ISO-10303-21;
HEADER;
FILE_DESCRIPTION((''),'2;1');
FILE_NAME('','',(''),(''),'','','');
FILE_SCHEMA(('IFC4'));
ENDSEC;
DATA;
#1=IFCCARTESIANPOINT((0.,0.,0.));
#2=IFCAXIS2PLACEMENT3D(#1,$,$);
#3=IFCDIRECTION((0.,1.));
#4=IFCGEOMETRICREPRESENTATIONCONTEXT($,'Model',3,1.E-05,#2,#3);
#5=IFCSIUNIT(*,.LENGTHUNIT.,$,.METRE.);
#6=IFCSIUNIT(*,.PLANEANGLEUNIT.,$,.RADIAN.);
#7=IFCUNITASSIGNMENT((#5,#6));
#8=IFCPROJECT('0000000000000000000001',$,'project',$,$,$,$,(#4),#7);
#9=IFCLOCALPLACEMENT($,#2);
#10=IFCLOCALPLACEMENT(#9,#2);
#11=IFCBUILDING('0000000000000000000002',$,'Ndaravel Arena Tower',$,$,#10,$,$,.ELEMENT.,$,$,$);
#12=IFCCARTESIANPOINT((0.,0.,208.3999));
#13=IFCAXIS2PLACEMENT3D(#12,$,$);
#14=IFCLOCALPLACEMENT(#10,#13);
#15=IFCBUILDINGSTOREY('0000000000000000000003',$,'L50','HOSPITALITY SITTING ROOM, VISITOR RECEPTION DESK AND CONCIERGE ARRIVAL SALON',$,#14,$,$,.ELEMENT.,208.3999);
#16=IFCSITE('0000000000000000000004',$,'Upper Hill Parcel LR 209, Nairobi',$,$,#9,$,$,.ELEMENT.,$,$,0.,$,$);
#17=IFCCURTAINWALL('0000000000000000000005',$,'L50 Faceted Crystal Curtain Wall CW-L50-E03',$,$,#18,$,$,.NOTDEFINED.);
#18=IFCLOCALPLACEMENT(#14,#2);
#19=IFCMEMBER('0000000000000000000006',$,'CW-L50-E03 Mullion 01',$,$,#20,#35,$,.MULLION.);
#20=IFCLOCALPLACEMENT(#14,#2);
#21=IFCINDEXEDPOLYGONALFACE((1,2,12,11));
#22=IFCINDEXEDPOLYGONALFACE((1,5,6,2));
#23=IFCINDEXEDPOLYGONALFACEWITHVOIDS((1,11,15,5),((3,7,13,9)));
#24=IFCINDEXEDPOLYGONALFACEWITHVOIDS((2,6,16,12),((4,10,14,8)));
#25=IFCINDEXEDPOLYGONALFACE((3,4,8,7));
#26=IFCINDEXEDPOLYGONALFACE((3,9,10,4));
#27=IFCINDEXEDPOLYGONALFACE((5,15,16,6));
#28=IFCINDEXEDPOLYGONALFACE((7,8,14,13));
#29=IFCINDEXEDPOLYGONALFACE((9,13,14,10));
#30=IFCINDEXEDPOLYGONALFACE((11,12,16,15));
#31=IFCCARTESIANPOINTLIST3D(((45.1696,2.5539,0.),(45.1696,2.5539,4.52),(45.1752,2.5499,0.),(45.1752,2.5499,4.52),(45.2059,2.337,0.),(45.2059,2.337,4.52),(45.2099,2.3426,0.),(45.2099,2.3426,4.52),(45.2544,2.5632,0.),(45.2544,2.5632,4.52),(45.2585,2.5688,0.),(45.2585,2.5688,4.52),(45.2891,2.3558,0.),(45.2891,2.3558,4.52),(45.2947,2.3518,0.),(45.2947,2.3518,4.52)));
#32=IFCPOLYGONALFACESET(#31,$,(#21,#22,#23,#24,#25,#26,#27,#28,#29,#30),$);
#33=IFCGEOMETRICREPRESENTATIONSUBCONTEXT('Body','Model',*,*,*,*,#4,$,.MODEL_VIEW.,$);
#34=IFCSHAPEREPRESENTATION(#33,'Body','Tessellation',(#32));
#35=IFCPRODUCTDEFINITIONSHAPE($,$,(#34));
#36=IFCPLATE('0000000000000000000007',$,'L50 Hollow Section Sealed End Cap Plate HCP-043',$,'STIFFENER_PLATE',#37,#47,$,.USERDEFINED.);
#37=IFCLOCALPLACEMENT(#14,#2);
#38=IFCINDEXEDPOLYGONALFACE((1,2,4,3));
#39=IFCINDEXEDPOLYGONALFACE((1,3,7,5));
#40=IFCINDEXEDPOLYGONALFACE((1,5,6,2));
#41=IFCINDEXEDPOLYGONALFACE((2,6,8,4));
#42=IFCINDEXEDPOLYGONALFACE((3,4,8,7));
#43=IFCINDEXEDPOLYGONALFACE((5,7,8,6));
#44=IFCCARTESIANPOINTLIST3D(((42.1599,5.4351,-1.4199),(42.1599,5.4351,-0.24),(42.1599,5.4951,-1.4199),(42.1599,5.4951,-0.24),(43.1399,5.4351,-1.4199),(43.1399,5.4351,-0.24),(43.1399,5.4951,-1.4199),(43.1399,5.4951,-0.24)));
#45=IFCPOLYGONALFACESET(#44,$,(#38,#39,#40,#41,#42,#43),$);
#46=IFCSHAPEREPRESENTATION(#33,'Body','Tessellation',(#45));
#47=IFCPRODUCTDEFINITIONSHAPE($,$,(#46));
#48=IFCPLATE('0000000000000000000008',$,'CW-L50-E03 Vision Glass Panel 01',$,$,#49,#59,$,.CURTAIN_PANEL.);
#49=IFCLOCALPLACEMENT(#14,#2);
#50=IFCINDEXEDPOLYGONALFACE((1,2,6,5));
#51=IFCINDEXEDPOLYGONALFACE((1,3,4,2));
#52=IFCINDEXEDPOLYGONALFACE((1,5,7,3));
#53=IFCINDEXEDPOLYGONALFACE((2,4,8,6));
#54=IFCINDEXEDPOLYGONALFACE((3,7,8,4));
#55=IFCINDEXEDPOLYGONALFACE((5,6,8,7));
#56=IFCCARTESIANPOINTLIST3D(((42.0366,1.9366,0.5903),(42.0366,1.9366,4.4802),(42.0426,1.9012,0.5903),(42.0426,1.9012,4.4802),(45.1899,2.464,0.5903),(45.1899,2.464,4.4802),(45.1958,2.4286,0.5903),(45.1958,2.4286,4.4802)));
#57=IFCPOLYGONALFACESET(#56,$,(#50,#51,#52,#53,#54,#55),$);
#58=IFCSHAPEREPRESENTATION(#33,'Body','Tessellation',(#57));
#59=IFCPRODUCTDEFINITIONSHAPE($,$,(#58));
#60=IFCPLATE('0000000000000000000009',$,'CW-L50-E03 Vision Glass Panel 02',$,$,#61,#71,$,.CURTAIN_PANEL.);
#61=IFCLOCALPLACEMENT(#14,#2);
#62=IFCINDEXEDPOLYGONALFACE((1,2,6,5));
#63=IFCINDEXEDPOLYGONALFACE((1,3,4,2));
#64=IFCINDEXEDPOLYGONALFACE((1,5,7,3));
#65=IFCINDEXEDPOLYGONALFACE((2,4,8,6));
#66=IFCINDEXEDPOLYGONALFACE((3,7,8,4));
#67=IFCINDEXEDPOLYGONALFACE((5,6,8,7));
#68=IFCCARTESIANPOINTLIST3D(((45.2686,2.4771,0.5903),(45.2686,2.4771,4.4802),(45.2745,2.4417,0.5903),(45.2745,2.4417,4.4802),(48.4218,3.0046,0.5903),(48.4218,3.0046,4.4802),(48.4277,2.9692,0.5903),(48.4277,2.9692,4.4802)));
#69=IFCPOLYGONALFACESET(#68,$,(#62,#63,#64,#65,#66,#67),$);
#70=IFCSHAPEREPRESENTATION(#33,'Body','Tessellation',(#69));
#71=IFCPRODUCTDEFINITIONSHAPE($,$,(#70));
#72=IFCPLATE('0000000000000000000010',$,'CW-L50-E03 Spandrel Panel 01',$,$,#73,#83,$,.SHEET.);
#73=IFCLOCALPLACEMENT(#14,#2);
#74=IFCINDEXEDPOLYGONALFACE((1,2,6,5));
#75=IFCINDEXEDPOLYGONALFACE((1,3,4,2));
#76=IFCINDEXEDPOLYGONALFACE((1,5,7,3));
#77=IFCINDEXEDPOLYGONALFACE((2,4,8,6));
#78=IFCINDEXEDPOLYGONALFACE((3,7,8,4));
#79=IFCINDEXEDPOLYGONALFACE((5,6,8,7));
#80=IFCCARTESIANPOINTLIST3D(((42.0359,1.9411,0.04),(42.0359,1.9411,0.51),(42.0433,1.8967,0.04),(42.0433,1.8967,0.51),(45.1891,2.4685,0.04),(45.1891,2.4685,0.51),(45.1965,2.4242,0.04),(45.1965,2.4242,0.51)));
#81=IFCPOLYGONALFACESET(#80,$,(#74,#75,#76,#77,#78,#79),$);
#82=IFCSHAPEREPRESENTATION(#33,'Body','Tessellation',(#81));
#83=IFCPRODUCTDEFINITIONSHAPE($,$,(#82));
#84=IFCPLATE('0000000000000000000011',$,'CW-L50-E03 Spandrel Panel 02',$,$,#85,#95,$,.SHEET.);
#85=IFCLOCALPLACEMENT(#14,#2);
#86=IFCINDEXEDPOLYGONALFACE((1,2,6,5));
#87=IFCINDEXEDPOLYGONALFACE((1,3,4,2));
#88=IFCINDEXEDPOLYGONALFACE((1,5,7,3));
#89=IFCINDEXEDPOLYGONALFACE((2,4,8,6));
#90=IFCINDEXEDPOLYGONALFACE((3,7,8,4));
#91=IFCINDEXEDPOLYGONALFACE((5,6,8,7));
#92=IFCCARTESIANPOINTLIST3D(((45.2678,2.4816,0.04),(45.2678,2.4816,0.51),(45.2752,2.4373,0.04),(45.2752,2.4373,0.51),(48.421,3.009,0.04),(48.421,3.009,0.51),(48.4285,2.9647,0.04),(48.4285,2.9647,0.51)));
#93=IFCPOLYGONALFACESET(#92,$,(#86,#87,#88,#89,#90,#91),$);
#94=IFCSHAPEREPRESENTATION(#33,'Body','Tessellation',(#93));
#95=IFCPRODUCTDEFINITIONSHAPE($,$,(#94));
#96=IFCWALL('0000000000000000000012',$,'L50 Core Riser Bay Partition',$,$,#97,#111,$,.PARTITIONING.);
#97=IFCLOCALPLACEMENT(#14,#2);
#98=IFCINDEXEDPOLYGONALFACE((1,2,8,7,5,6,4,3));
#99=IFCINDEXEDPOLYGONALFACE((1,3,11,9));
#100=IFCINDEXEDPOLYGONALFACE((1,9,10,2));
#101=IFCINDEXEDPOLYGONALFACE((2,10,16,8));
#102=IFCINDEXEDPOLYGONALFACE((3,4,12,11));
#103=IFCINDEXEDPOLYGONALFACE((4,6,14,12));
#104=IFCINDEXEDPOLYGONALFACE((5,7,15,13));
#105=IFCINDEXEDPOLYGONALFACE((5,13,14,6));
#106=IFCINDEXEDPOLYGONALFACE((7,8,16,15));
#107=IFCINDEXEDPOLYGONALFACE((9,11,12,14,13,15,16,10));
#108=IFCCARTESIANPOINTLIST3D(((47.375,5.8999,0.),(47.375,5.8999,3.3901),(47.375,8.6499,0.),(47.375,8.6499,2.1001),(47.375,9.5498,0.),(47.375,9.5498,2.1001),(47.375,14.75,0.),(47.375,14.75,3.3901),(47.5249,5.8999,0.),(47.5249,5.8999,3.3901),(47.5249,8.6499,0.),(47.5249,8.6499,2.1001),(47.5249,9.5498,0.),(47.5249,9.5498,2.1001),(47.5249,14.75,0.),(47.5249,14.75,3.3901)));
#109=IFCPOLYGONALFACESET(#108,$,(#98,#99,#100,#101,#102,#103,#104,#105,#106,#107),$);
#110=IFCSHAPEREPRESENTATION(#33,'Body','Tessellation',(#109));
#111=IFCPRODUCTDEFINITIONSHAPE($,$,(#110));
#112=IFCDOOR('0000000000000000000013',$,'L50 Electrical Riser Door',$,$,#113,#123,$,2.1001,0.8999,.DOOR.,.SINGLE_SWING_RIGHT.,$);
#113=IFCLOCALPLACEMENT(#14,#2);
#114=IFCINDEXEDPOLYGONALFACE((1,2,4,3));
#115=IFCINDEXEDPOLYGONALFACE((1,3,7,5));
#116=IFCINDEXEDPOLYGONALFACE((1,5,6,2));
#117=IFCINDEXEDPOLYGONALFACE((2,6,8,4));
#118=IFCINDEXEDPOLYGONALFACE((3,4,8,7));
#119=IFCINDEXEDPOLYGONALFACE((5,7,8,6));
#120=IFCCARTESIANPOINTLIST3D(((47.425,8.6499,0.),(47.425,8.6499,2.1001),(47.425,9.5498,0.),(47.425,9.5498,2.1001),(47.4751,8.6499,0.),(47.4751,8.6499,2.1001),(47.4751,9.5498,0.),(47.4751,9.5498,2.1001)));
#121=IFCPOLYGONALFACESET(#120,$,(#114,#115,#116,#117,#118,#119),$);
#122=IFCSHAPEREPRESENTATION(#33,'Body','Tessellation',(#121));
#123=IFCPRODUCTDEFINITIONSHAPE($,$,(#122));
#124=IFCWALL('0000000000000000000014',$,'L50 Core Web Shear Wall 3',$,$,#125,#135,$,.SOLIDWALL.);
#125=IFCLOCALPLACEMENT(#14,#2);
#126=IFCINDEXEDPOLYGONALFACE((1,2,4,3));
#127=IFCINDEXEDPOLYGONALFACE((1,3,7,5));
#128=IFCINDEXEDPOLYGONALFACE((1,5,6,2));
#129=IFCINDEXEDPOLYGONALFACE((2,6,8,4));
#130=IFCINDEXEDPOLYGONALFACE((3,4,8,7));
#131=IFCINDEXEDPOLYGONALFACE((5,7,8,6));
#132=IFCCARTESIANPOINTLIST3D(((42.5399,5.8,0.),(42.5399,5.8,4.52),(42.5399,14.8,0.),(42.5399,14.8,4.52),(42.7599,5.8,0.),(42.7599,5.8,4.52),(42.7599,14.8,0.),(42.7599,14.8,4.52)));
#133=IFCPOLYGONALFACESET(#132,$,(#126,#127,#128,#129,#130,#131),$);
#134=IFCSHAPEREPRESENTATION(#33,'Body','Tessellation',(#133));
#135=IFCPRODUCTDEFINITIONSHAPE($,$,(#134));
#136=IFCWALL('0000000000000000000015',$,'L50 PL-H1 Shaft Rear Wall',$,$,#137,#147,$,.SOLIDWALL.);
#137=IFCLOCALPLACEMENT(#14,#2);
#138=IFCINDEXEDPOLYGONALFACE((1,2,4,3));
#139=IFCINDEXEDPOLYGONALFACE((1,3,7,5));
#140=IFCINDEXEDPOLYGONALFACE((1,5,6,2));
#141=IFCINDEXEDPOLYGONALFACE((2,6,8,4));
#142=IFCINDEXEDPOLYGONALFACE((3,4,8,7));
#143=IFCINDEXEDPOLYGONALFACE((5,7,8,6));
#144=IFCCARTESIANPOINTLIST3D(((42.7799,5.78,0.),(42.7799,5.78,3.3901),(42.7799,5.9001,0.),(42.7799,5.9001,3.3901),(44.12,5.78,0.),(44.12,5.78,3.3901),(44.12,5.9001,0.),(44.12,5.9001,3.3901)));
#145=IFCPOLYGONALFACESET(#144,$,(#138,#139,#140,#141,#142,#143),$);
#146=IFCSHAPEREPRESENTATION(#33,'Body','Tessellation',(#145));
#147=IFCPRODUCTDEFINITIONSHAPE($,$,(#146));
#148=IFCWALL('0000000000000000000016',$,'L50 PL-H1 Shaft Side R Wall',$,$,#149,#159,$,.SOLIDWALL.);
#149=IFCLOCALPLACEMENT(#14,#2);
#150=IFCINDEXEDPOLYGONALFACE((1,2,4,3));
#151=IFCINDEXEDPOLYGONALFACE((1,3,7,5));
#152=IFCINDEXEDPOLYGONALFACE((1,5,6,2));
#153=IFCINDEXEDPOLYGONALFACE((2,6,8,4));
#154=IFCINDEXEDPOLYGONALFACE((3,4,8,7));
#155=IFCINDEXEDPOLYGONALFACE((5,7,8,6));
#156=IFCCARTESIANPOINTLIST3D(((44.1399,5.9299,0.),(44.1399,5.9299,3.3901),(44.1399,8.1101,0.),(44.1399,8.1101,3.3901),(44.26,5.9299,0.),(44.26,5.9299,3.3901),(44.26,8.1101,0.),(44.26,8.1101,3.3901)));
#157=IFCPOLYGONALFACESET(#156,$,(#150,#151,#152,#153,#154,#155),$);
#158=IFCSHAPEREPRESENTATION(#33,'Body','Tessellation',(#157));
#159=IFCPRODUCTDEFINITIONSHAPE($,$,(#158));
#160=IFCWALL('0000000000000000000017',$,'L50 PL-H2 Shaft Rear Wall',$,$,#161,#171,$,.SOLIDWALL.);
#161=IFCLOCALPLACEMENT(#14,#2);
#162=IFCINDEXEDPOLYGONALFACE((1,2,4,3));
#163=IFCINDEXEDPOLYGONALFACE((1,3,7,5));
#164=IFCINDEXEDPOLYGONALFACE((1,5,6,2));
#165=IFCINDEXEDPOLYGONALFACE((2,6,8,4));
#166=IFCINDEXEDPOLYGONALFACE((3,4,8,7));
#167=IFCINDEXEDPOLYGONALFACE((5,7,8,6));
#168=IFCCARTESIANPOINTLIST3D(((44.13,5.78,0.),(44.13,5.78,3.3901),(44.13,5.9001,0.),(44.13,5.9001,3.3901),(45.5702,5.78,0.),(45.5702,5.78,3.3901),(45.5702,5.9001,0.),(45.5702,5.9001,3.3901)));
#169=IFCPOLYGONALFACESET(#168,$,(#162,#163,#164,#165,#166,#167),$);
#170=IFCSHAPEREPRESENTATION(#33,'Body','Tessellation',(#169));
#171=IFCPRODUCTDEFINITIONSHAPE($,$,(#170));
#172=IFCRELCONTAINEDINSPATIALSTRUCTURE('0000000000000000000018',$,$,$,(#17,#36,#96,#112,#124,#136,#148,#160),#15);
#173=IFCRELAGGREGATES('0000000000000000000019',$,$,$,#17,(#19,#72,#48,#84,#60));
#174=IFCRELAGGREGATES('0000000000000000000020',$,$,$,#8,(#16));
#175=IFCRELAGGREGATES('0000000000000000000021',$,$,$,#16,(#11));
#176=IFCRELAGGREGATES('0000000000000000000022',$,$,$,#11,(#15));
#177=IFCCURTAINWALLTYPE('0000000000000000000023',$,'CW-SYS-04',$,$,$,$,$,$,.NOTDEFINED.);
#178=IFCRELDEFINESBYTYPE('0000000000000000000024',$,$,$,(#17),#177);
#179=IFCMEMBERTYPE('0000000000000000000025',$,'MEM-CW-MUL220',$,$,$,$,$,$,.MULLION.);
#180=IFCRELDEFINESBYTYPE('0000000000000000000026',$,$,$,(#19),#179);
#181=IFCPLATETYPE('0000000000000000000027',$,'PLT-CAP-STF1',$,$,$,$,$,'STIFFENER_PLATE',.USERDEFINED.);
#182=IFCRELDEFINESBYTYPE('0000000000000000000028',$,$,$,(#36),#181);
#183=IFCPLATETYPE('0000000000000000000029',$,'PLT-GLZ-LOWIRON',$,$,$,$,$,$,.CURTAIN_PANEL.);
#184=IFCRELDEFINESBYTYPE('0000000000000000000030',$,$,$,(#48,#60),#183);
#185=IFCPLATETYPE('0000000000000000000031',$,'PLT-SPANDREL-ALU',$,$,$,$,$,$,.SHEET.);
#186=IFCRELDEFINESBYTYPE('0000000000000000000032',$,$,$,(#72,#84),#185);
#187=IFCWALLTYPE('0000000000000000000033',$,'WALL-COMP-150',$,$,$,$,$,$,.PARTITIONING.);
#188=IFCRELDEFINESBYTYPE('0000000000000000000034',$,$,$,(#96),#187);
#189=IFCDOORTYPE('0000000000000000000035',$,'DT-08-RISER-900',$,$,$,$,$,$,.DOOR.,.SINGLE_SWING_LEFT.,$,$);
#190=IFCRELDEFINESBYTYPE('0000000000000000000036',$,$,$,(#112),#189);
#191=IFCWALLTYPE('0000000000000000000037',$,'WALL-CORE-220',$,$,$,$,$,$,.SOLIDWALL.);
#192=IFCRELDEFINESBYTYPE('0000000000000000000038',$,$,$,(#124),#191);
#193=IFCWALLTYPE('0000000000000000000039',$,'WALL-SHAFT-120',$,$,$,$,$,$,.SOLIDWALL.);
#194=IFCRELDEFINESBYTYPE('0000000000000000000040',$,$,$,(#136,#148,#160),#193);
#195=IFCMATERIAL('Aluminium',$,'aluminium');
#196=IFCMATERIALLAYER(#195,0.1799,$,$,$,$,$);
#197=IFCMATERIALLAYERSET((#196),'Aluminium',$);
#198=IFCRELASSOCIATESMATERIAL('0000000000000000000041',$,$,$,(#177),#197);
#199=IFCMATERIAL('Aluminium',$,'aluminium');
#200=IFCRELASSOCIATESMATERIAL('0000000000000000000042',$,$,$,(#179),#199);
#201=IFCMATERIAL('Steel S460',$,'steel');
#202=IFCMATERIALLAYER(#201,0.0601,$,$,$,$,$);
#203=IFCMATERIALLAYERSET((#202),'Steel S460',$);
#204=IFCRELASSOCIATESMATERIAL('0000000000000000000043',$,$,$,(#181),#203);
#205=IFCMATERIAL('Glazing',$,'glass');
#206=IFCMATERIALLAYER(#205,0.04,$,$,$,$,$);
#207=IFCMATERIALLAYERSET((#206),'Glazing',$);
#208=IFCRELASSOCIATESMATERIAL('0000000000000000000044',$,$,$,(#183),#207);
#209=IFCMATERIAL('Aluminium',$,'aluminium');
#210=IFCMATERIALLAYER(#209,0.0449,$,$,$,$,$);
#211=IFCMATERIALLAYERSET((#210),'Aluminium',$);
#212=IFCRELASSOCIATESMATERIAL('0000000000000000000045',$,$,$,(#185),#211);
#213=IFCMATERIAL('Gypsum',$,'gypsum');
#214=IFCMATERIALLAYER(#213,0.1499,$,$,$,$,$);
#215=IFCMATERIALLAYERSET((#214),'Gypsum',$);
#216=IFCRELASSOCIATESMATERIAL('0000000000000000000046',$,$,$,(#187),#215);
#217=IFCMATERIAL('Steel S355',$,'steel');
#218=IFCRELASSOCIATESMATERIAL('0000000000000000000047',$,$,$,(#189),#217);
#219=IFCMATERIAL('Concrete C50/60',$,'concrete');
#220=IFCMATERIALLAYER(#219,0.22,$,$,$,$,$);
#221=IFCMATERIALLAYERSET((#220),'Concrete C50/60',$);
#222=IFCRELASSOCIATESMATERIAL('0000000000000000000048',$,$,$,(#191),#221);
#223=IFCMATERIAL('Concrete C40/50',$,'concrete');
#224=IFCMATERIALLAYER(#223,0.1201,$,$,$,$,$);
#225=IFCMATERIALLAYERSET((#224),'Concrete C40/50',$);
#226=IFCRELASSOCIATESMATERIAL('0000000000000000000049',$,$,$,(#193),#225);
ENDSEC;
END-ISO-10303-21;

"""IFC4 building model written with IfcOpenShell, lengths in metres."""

from ifc_helpers import new_model, si_unit, direction, frame, frame_2d, origin, origin_2d, place, context, subcontext, project, spatial, rectangle, hollow_rectangle, extrude, material, layer, layer_set, material_profile, profile_set, type_object, element, fill, aggregate, save


model = new_model("IFC4")

# Units and contexts
model_context = context("Model", 3, precision=1e-05, world=origin(), true_north=direction((0.0, 1.0)))
body_context = subcontext(model_context, "Body", "Model", "MODEL_VIEW")
ifc_project = project(units=[si_unit("LENGTHUNIT", "METRE"), si_unit("PLANEANGLEUNIT", "RADIAN")], contexts=[model_context])

# Site, building, storey
site_placement = place(None, origin())
site = spatial("IfcSite", under=ifc_project, at=site_placement, Name="Upper Hill Parcel LR 209, Nairobi", CompositionType="ELEMENT", RefElevation=0.0)
building_placement = place(site_placement, origin())
building = spatial("IfcBuilding", under=site, at=building_placement, Name="Ndaravel Arena Tower", CompositionType="ELEMENT")
storey_placement = place(building_placement, frame((0.0, 0.0, 208.3999)))
storey = spatial("IfcBuildingStorey", under=building, at=storey_placement, Name="L50", Description="HOSPITALITY SITTING ROOM, VISITOR RECEPTION DESK AND CONCIERGE ARRIVAL SALON", CompositionType="ELEMENT", Elevation=208.3999)

# Curtain wall, member
ifc_material_1 = material(Name="Aluminium", Category="aluminium")
ifc_layer_1 = layer(ifc_material_1, 0.1799)
ifc_layer_set_1 = layer_set([ifc_layer_1], Name="Aluminium")
curtain_wall_type = type_object("IfcCurtainWallType", Name="CW-SYS-04", PredefinedType="NOTDEFINED", material=ifc_layer_set_1)
curtain_wall_placement = place(storey_placement, origin())
curtain_wall = element("IfcCurtainWall", 1, at=curtain_wall_placement, inside=storey, type_object=curtain_wall_type, Name="L50 Faceted Crystal Curtain Wall CW-L50-E03", PredefinedType="NOTDEFINED")
ifc_material_2 = material(Name="Aluminium", Category="aluminium")
ifc_material_profile = material_profile(ifc_material_2, hollow_rectangle(XDim=0.0901, YDim=0.22, WallThickness=0.0049, at=origin_2d()), Name="CW MULLION 90x220x5")
ifc_profile_set = profile_set([ifc_material_profile], Name="Aluminium")
member_type = type_object("IfcMemberType", Name="MEM-CW-MUL220", PredefinedType="MULLION", material=ifc_profile_set)
member_placement = place(storey_placement, frame((45.2322, 2.4529, 0.0), z_axis=(0.0, 0.0, 1.0), x_axis=(0.986297, 0.164979, 0.0)))
member = element("IfcMember", 2, at=member_placement, type_object=member_type, Name="CW-L50-E03 Mullion 01", PredefinedType="MULLION", context=body_context, shape_type="SweptSolid", body=[
    extrude(hollow_rectangle(XDim=0.0901, YDim=0.22, WallThickness=0.0049, at=origin_2d()), origin(), (0.0, 0.0, 1.0), 4.52),
])

# Plates
ifc_material_3 = material(Name="Steel S460", Category="steel")
ifc_layer_2 = layer(ifc_material_3, 0.0601)
ifc_layer_set_2 = layer_set([ifc_layer_2], Name="Steel S460")
plate_type_1 = type_object("IfcPlateType", Name="PLT-CAP-STF1", ElementType="STIFFENER_PLATE", PredefinedType="USERDEFINED", material=ifc_layer_set_2)
plate_1_placement = place(storey_placement, frame((42.6499, 5.4651, -1.4199), z_axis=(0.0, 0.0, 1.0), x_axis=(0.0, -1.0, 0.0)))
element("IfcPlate", 3, at=plate_1_placement, inside=storey, type_object=plate_type_1, Name="L50 Hollow Section Sealed End Cap Plate HCP-043", ObjectType="STIFFENER_PLATE", PredefinedType="USERDEFINED", context=body_context, shape_type="SweptSolid", body=[
    extrude(rectangle(XDim=0.0601, YDim=0.98, at=origin_2d()), origin(), (0.0, 0.0, 1.0), 1.1799),
])
ifc_material_4 = material(Name="Glazing", Category="glass")
ifc_layer_3 = layer(ifc_material_4, 0.04)
ifc_layer_set_3 = layer_set([ifc_layer_3], Name="Glazing")
plate_type_2 = type_object("IfcPlateType", Name="PLT-GLZ-LOWIRON", PredefinedType="CURTAIN_PANEL", material=ifc_layer_set_3)
plate_2_placement = place(storey_placement, frame((43.6162, 2.1826, 0.5903), z_axis=(0.0, 0.0, 1.0), x_axis=(0.986297, 0.164979, 0.0)))
plate_2 = element("IfcPlate", 4, at=plate_2_placement, type_object=plate_type_2, Name="CW-L50-E03 Vision Glass Panel 01", PredefinedType="CURTAIN_PANEL", context=body_context, shape_type="SweptSolid", body=[
    extrude(rectangle(XDim=3.197, YDim=0.0359, at=origin_2d()), origin(), (0.0, 0.0, 1.0), 3.8899),
])
plate_3_placement = place(storey_placement, frame((46.8481, 2.7231, 0.5903), z_axis=(0.0, 0.0, 1.0), x_axis=(0.986297, 0.164979, 0.0)))
plate_3 = element("IfcPlate", 5, at=plate_3_placement, type_object=plate_type_2, Name="CW-L50-E03 Vision Glass Panel 02", PredefinedType="CURTAIN_PANEL", context=body_context, shape_type="SweptSolid", body=[
    extrude(rectangle(XDim=3.197, YDim=0.0359, at=origin_2d()), origin(), (0.0, 0.0, 1.0), 3.8899),
])
ifc_material_5 = material(Name="Aluminium", Category="aluminium")
ifc_layer_4 = layer(ifc_material_5, 0.0449)
ifc_layer_set_4 = layer_set([ifc_layer_4], Name="Aluminium")
plate_type_3 = type_object("IfcPlateType", Name="PLT-SPANDREL-ALU", PredefinedType="SHEET", material=ifc_layer_set_4)
plate_4_placement = place(storey_placement, frame((43.6162, 2.1826, 0.04), z_axis=(0.0, 0.0, 1.0), x_axis=(0.986297, 0.164979, 0.0)))
plate_4 = element("IfcPlate", 6, at=plate_4_placement, type_object=plate_type_3, Name="CW-L50-E03 Spandrel Panel 01", PredefinedType="SHEET", context=body_context, shape_type="SweptSolid", body=[
    extrude(rectangle(XDim=3.197, YDim=0.0449, at=origin_2d()), origin(), (0.0, 0.0, 1.0), 0.47),
])
plate_5_placement = place(storey_placement, frame((46.8481, 2.7231, 0.04), z_axis=(0.0, 0.0, 1.0), x_axis=(0.986297, 0.164979, 0.0)))
plate_5 = element("IfcPlate", 7, at=plate_5_placement, type_object=plate_type_3, Name="CW-L50-E03 Spandrel Panel 02", PredefinedType="SHEET", context=body_context, shape_type="SweptSolid", body=[
    extrude(rectangle(XDim=3.197, YDim=0.0449, at=origin_2d()), origin(), (0.0, 0.0, 1.0), 0.47),
])
aggregate(curtain_wall, [member, plate_4, plate_2, plate_5, plate_3])

# Wall, opening, door
ifc_material_6 = material(Name="Gypsum", Category="gypsum")
ifc_layer_5 = layer(ifc_material_6, 0.1499)
ifc_layer_set_5 = layer_set([ifc_layer_5], Name="Gypsum")
wall_type_1 = type_object("IfcWallType", Name="WALL-COMP-150", PredefinedType="PARTITIONING", material=ifc_layer_set_5)
wall_1_placement = place(storey_placement, frame((47.45, 5.8999, 0.0), z_axis=(0.0, 0.0, 1.0), x_axis=(0.0, 1.0, 0.0)))
wall_1 = element("IfcWall", 8, at=wall_1_placement, inside=storey, type_object=wall_type_1, Name="L50 Core Riser Bay Partition", PredefinedType="PARTITIONING", context=body_context, shape_type="SweptSolid", body=[
    extrude(rectangle(XDim=8.8501, YDim=0.1499, at=frame_2d((4.425, 0.0))), origin(), (0.0, 0.0, 1.0), 3.3901),
])
opening_1_placement = place(wall_1_placement, frame((2.75, 0.0, 0.0)))
opening_1 = element("IfcOpeningElement", 9, at=opening_1_placement, cuts=wall_1, PredefinedType="OPENING", context=body_context, shape_type="SweptSolid", body=[
    extrude(rectangle(XDim=0.8999, YDim=2.1001, at=frame_2d((0.45, 1.05))), frame((0.0, 0.075, 0.0), z_axis=(0.0, -1.0, 0.0), x_axis=(1.0, 0.0, 0.0)), (0.0, 0.0, 1.0), 0.1499),
])
ifc_material_7 = material(Name="Steel S355", Category="steel")
door_type_1 = type_object("IfcDoorType", Name="DT-08-RISER-900", OperationType="SINGLE_SWING_LEFT", PredefinedType="DOOR", material=ifc_material_7)
door_1_placement = place(opening_1_placement, origin())
door_1 = element("IfcDoor", 10, at=door_1_placement, inside=storey, type_object=door_type_1, Name="L50 Electrical Riser Door", OperationType="SINGLE_SWING_RIGHT", OverallHeight=2.1001, OverallWidth=0.8999, PredefinedType="DOOR", context=body_context, shape_type="SweptSolid", body=[
    extrude(rectangle(XDim=0.8999, YDim=2.1001, at=frame_2d((0.45, 1.05))), frame((0.0, 0.0249, 0.0), z_axis=(0.0, -1.0, 0.0), x_axis=(1.0, 0.0, 0.0)), (0.0, 0.0, 1.0), 0.05),
])
fill(opening_1, door_1)

# Walls
ifc_material_8 = material(Name="Concrete C50/60", Category="concrete")
ifc_layer_6 = layer(ifc_material_8, 0.22)
ifc_layer_set_6 = layer_set([ifc_layer_6], Name="Concrete C50/60")
wall_type_2 = type_object("IfcWallType", Name="WALL-CORE-220", PredefinedType="SOLIDWALL", material=ifc_layer_set_6)
wall_2_placement = place(storey_placement, frame((42.6499, 5.8, 0.0), z_axis=(0.0, 0.0, 1.0), x_axis=(0.0, 1.0, 0.0)))
element("IfcWall", 11, at=wall_2_placement, inside=storey, type_object=wall_type_2, Name="L50 Core Web Shear Wall 3", PredefinedType="SOLIDWALL", context=body_context, shape_type="SweptSolid", body=[
    extrude(rectangle(XDim=9.0, YDim=0.22, at=frame_2d((4.5, 0.0))), origin(), (0.0, 0.0, 1.0), 4.52),
])
ifc_material_9 = material(Name="Concrete C40/50", Category="concrete")
ifc_layer_7 = layer(ifc_material_9, 0.1201)
ifc_layer_set_7 = layer_set([ifc_layer_7], Name="Concrete C40/50")
wall_type_3 = type_object("IfcWallType", Name="WALL-SHAFT-120", PredefinedType="SOLIDWALL", material=ifc_layer_set_7)
wall_3_placement = place(storey_placement, frame((42.78, 5.8401, 0.0), z_axis=(0.0, 0.0, 1.0), x_axis=(1.0, 0.0, 0.0)))
element("IfcWall", 12, at=wall_3_placement, inside=storey, type_object=wall_type_3, Name="L50 PL-H1 Shaft Rear Wall", PredefinedType="SOLIDWALL", context=body_context, shape_type="SweptSolid", body=[
    extrude(rectangle(XDim=1.3401, YDim=0.1201, at=frame_2d((0.6699, 0.0))), origin(), (0.0, 0.0, 1.0), 3.3901),
])
wall_4_placement = place(storey_placement, frame((44.2, 5.9299, 0.0), z_axis=(0.0, 0.0, 1.0), x_axis=(0.0, 1.0, 0.0)))
element("IfcWall", 13, at=wall_4_placement, inside=storey, type_object=wall_type_3, Name="L50 PL-H1 Shaft Side R Wall", PredefinedType="SOLIDWALL", context=body_context, shape_type="SweptSolid", body=[
    extrude(rectangle(XDim=2.1802, YDim=0.1201, at=frame_2d((1.0901, 0.0))), origin(), (0.0, 0.0, 1.0), 3.3901),
])
wall_5_placement = place(storey_placement, frame((44.1299, 5.8401, 0.0), z_axis=(0.0, 0.0, 1.0), x_axis=(1.0, 0.0, 0.0)))
element("IfcWall", 14, at=wall_5_placement, inside=storey, type_object=wall_type_3, Name="L50 PL-H2 Shaft Rear Wall", PredefinedType="SOLIDWALL", context=body_context, shape_type="SweptSolid", body=[
    extrude(rectangle(XDim=1.4402, YDim=0.1201, at=frame_2d((0.7202, 0.0))), origin(), (0.0, 0.0, 1.0), 3.3901),
])

save(model, "model.ifc")
